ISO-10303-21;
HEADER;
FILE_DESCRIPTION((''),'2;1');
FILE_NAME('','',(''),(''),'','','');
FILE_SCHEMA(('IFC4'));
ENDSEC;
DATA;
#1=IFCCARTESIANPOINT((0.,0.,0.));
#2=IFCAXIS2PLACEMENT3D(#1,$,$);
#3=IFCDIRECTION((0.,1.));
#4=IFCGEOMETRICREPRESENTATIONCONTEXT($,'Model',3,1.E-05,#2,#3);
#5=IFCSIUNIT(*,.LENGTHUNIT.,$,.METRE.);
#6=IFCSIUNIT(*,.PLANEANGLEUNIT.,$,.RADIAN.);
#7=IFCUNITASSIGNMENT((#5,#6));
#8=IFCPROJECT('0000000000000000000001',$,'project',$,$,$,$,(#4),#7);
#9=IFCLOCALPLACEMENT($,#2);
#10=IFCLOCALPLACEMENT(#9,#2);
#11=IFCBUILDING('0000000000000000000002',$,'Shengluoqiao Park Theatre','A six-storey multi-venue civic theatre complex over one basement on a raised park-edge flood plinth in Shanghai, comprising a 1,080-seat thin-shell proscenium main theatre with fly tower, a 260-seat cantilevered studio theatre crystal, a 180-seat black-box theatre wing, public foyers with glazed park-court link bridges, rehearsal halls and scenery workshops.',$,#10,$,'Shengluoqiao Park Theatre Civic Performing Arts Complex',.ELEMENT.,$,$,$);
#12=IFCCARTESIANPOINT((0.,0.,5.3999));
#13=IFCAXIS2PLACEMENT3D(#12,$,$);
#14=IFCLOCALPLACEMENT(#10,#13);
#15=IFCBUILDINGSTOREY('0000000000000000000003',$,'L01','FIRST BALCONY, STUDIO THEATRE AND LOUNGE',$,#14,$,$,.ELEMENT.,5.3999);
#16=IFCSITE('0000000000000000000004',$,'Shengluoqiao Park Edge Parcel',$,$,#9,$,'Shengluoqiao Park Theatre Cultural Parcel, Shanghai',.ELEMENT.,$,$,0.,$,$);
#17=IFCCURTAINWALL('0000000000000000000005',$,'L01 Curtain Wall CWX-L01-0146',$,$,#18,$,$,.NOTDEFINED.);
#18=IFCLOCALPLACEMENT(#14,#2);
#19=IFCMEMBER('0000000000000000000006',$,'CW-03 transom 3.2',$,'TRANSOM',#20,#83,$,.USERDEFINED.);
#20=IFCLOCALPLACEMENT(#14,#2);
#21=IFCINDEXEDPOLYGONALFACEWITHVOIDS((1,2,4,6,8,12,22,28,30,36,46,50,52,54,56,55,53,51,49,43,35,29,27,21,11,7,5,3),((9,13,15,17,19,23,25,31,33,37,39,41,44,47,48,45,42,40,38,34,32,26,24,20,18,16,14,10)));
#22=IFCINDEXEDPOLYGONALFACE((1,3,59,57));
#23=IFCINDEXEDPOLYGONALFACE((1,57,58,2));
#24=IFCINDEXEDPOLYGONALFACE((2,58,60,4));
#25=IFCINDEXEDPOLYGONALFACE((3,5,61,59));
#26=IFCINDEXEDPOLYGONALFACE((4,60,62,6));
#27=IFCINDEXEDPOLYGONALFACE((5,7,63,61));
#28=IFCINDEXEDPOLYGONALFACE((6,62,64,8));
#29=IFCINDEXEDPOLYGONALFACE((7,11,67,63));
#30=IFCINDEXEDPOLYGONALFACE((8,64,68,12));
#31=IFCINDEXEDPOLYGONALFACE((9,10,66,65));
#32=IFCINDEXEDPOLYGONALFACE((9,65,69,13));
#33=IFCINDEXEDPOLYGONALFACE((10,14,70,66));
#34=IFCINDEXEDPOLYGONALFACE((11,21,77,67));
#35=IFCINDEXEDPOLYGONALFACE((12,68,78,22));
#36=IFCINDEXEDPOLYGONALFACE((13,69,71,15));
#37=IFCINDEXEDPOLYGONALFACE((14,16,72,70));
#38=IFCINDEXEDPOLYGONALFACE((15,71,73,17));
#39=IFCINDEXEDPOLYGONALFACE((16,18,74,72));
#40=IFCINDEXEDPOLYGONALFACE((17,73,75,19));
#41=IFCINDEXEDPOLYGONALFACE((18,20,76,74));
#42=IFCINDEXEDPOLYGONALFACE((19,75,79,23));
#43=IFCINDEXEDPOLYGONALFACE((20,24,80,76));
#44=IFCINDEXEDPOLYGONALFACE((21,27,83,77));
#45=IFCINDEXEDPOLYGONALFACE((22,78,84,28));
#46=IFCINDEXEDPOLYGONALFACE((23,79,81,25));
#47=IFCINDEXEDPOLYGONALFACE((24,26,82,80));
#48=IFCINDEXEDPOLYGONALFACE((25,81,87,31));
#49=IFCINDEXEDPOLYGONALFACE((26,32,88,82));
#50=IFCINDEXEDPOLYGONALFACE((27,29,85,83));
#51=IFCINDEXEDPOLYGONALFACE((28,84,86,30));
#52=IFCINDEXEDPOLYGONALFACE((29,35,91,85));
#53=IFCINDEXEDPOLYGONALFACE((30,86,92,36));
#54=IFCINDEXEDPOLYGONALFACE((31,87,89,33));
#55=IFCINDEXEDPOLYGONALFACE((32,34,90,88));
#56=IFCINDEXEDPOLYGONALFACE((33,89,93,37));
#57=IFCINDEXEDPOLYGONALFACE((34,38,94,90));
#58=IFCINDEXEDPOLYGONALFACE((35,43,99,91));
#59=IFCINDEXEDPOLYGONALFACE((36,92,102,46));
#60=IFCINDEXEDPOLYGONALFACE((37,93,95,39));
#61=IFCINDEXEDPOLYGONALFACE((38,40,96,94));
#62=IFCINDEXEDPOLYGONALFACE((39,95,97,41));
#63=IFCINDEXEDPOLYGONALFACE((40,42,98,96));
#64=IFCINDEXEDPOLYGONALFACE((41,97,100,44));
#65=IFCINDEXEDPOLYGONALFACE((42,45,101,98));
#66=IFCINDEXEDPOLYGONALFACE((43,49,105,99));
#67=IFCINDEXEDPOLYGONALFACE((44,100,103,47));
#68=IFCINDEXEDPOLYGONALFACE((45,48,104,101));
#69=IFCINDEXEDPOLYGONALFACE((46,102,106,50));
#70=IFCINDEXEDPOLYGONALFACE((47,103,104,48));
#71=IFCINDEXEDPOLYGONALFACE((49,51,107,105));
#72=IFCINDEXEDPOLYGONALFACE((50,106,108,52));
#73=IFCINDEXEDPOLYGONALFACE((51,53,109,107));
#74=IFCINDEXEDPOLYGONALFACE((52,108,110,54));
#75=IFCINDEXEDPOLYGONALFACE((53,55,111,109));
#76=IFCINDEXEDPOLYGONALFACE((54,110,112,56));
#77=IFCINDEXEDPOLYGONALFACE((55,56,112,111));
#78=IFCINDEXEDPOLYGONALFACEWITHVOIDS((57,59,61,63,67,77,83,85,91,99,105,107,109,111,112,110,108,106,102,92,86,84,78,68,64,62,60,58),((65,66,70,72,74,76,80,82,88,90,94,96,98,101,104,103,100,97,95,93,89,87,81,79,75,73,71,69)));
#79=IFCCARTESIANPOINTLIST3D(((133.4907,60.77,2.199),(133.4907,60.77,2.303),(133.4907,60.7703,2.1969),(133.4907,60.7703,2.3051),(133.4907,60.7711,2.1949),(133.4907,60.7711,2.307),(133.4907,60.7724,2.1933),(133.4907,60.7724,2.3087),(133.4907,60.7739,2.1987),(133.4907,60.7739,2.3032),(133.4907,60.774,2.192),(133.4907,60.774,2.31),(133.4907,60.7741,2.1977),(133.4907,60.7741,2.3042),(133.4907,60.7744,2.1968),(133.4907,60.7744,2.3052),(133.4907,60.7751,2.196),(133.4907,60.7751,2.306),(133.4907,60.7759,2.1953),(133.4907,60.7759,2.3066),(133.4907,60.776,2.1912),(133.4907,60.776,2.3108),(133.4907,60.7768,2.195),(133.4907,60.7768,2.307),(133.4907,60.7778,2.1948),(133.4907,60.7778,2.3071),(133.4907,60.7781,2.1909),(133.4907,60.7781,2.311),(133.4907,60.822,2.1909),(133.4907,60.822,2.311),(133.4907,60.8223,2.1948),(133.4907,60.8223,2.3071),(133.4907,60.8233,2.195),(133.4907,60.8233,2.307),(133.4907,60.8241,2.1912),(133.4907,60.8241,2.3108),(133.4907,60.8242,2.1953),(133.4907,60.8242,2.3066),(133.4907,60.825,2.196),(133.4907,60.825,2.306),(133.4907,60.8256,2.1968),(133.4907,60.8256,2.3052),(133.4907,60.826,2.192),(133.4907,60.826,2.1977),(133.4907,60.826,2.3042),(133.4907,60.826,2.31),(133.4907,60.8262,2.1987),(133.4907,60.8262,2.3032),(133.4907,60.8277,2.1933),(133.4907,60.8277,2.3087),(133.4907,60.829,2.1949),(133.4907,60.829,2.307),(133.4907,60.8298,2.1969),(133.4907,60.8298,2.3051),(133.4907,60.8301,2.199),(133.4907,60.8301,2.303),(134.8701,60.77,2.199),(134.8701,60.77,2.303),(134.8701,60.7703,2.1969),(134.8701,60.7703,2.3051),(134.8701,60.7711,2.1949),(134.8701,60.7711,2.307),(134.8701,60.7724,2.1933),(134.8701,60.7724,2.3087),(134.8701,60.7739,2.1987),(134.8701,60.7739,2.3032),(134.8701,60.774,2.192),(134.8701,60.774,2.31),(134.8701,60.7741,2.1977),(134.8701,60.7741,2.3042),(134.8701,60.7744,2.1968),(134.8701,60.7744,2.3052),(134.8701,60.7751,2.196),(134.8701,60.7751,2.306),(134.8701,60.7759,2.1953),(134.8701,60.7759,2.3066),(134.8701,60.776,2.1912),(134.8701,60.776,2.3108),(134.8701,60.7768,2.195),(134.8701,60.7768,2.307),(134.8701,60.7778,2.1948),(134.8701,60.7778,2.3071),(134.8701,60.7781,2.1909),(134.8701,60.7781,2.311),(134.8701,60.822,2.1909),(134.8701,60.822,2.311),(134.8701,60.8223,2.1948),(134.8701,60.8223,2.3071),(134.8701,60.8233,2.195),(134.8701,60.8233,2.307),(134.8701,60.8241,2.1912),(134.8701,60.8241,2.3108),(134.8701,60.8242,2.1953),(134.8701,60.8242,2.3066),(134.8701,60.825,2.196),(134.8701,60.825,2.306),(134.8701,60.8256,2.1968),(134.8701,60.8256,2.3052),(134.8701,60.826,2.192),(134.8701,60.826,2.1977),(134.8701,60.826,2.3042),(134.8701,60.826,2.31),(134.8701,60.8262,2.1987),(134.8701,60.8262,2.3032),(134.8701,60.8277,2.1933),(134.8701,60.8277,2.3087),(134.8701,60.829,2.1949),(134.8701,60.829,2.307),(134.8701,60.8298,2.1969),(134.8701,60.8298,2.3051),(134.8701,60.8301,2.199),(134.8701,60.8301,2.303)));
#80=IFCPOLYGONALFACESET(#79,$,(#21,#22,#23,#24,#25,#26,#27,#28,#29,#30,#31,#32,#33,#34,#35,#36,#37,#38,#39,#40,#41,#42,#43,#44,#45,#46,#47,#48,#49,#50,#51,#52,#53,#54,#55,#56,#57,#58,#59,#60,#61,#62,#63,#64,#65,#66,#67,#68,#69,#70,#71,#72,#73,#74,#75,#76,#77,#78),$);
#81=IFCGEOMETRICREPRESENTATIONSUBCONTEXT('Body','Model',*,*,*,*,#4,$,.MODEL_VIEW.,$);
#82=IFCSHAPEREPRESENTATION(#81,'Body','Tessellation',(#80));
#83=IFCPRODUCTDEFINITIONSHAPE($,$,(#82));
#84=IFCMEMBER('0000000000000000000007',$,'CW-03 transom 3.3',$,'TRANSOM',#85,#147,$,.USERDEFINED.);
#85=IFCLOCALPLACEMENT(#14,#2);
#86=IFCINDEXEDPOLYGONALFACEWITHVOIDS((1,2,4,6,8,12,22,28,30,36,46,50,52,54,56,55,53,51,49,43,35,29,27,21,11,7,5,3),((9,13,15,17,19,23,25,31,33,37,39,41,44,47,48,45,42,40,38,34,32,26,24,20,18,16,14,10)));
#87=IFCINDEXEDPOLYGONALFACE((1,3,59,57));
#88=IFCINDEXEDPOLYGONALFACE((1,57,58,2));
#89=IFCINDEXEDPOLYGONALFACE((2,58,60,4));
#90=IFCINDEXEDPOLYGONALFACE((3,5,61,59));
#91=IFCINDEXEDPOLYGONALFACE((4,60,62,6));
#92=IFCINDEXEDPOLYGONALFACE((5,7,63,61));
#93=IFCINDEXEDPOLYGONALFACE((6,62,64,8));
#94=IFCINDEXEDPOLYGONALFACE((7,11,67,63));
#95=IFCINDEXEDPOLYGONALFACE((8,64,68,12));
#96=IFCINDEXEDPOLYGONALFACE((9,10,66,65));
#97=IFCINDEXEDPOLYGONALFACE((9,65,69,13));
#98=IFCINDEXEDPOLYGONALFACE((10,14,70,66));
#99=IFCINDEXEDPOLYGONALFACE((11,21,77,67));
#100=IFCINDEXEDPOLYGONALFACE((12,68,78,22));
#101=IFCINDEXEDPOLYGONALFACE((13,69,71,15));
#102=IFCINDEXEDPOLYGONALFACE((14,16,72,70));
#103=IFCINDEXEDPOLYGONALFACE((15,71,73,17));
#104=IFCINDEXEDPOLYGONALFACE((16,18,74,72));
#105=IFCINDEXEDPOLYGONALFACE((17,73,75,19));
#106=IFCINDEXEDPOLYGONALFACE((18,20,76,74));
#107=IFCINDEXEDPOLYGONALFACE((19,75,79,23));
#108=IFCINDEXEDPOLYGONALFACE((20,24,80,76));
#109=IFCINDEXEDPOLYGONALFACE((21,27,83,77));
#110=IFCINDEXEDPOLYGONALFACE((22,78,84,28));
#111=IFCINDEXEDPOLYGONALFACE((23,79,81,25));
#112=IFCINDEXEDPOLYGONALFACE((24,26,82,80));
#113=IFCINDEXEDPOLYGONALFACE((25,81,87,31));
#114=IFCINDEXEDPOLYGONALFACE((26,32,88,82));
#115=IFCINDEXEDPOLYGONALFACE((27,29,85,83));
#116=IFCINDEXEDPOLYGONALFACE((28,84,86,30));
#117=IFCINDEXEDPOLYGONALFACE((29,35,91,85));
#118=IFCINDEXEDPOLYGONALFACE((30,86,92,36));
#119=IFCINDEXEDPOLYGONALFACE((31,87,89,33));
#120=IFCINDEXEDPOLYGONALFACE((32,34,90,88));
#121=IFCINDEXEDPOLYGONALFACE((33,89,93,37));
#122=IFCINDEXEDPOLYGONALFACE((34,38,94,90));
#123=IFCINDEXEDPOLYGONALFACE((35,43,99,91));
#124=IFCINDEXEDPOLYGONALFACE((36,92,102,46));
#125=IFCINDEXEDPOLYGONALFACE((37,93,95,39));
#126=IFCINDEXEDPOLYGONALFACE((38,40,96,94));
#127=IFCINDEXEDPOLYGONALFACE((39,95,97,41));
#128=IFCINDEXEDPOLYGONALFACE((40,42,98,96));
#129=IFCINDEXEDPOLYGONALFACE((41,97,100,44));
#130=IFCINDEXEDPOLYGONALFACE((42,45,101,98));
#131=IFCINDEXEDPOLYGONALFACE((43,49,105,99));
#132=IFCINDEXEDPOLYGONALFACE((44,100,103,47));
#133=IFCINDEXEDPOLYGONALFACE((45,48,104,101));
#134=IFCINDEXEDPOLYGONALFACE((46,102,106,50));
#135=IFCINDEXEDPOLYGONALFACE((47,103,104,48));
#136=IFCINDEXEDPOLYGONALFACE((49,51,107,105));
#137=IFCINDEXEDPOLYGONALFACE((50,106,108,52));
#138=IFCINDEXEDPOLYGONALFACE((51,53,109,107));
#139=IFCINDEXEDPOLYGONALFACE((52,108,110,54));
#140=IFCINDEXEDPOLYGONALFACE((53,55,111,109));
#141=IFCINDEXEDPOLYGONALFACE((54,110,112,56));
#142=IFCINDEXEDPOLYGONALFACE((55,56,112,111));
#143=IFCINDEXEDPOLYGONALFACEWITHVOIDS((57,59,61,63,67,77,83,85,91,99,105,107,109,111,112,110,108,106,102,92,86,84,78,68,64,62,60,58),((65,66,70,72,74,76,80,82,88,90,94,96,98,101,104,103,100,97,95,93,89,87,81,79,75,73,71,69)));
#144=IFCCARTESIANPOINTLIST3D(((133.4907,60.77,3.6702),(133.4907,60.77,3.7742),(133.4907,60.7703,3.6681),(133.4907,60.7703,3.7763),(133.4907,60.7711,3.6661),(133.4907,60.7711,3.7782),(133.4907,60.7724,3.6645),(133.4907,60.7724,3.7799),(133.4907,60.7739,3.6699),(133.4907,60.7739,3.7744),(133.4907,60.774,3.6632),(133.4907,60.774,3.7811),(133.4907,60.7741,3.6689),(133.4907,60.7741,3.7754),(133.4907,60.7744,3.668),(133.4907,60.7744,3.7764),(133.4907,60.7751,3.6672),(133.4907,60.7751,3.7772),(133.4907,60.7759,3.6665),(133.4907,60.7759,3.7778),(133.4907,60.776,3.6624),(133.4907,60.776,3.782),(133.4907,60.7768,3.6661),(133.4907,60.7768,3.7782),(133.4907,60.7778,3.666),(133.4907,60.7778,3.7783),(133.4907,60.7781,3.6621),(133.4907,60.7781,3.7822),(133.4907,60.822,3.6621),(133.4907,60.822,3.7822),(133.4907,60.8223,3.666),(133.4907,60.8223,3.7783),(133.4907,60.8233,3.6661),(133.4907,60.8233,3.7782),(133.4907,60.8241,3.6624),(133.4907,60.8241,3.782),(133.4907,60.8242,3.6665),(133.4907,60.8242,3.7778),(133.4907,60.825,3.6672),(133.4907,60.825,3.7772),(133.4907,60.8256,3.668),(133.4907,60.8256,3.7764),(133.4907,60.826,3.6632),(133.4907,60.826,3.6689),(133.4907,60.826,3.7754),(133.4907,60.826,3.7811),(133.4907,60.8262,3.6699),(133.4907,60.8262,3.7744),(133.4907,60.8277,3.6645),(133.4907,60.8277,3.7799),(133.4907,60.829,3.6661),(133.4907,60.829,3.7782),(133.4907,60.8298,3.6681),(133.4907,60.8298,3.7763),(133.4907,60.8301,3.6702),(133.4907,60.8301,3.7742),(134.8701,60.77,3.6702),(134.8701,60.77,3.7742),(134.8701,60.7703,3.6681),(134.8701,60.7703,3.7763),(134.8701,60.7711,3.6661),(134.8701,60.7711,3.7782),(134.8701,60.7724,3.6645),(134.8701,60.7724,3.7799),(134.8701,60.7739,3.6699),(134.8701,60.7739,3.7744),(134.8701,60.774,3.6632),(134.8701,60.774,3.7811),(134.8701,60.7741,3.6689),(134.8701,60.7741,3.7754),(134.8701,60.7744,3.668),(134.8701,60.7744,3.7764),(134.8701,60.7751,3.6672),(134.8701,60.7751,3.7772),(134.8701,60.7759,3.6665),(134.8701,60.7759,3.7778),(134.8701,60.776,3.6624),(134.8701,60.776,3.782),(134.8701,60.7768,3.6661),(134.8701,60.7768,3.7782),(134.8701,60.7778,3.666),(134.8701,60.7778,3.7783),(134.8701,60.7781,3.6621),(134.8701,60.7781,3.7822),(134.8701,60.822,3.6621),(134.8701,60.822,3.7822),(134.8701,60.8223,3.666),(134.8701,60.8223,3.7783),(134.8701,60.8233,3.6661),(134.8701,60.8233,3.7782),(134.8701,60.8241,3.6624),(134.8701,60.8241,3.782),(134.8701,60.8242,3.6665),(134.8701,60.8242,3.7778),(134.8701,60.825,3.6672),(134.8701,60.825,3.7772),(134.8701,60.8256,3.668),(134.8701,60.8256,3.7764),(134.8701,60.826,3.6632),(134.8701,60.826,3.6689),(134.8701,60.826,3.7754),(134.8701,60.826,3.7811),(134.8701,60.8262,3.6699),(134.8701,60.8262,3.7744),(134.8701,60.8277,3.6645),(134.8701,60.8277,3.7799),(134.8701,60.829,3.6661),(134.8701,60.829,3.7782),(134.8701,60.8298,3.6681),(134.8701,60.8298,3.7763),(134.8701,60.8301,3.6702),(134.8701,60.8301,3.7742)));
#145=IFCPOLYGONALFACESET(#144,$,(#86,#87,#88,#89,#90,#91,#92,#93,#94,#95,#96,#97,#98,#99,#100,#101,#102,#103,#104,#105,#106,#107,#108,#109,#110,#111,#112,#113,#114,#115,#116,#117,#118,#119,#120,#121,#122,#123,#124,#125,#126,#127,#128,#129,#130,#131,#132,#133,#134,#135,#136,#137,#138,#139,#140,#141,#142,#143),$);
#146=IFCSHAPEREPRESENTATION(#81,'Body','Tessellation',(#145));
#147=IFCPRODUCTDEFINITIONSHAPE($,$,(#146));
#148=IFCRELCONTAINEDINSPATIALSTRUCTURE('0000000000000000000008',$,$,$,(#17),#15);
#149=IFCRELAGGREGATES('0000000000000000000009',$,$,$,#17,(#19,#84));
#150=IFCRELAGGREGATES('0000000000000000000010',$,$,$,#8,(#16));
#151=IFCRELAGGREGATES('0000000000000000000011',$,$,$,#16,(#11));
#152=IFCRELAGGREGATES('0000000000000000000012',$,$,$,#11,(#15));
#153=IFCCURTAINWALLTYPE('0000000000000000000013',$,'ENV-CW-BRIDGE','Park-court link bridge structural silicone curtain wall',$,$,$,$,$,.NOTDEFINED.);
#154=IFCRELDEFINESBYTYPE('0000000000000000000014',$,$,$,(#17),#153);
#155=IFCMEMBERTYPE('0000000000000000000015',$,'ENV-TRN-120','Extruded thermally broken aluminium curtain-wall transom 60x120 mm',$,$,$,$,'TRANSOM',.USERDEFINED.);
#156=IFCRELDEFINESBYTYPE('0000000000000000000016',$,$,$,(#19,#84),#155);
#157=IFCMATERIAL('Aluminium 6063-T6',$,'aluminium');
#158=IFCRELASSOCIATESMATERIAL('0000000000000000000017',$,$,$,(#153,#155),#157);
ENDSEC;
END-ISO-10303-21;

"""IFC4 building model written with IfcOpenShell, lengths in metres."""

from ifc_helpers import new_model, si_unit, direction, frame, origin, origin_2d, place, context, subcontext, project, spatial, hollow_rectangle, extrude, material, material_profile, profile_set, type_object, element, aggregate, save


model = new_model("IFC4")

# Units and contexts
model_context = context("Model", 3, precision=1e-05, world=origin(), true_north=direction((0.0, 1.0)))
body_context = subcontext(model_context, "Body", "Model", "MODEL_VIEW")
ifc_project = project(units=[si_unit("LENGTHUNIT", "METRE"), si_unit("PLANEANGLEUNIT", "RADIAN")], contexts=[model_context])

# Site, building, storey
site_placement = place(None, origin())
site = spatial("IfcSite", under=ifc_project, at=site_placement, Name="Shengluoqiao Park Edge Parcel", LongName="Shengluoqiao Park Theatre Cultural Parcel, Shanghai", CompositionType="ELEMENT", RefElevation=0.0)
building_placement = place(site_placement, origin())
building = spatial("IfcBuilding", under=site, at=building_placement, Name="Shengluoqiao Park Theatre", Description="A six-storey multi-venue civic theatre complex over one basement on a raised park-edge flood plinth in Shanghai, comprising a 1,080-seat thin-shell proscenium main theatre with fly tower, a 260-seat cantilevered studio theatre crystal, a 180-seat black-box theatre wing, public foyers with glazed park-court link bridges, rehearsal halls and scenery workshops.", LongName="Shengluoqiao Park Theatre Civic Performing Arts Complex", CompositionType="ELEMENT")
storey_placement = place(building_placement, frame((0.0, 0.0, 5.3999)))
storey = spatial("IfcBuildingStorey", under=building, at=storey_placement, Name="L01", Description="FIRST BALCONY, STUDIO THEATRE AND LOUNGE", CompositionType="ELEMENT", Elevation=5.3999)

# Shared definitions
ifc_material_1 = material(Name="Aluminium 6063-T6", Category="aluminium")
curtain_wall_type = type_object("IfcCurtainWallType", Name="ENV-CW-BRIDGE", Description="Park-court link bridge structural silicone curtain wall", PredefinedType="NOTDEFINED", material=ifc_material_1)

# Curtain wall
curtain_wall_1_placement = place(storey_placement, origin())
curtain_wall_1 = element("IfcCurtainWall", 1, at=curtain_wall_1_placement, inside=storey, type_object=curtain_wall_type, Name="L01 Curtain Wall CWX-L01-0146", PredefinedType="NOTDEFINED")

# Members
ifc_material_profile_1 = material_profile(ifc_material_1, hollow_rectangle(XDim=0.0601, YDim=0.1201, WallThickness=0.0039, InnerFilletRadius=0.0039, OuterFilletRadius=0.0081, at=origin_2d()), Name="ALU TRANSOM 120x60x4")
ifc_profile_set_1 = profile_set([ifc_material_profile_1], Name="Aluminium 6063-T6")
member_type_1 = type_object("IfcMemberType", Name="ENV-TRN-120", Description="Extruded thermally broken aluminium curtain-wall transom 60x120 mm", ElementType="TRANSOM", PredefinedType="USERDEFINED", material=ifc_profile_set_1)
member_1_placement = place(storey_placement, frame((133.4907, 60.8, 2.251), z_axis=(1.0, 0.0, 0.0), x_axis=(0.0, 1.0, 0.0)))
member_1 = element("IfcMember", 2, at=member_1_placement, type_object=member_type_1, Name="CW-03 transom 3.2", ObjectType="TRANSOM", PredefinedType="USERDEFINED", context=body_context, shape_type="SweptSolid", body=[
    extrude(hollow_rectangle(XDim=0.0601, YDim=0.1201, WallThickness=0.0039, InnerFilletRadius=0.0039, OuterFilletRadius=0.0081, at=origin_2d()), origin(), (0.0, 0.0, 1.0), 1.3794),
])
member_2_placement = place(storey_placement, frame((133.4907, 60.8, 3.7222), z_axis=(1.0, 0.0, 0.0), x_axis=(0.0, 1.0, 0.0)))
member_2 = element("IfcMember", 3, at=member_2_placement, type_object=member_type_1, Name="CW-03 transom 3.3", ObjectType="TRANSOM", PredefinedType="USERDEFINED", context=body_context, shape_type="SweptSolid", body=[
    extrude(hollow_rectangle(XDim=0.0601, YDim=0.1201, WallThickness=0.0039, InnerFilletRadius=0.0039, OuterFilletRadius=0.0081, at=origin_2d()), origin(), (0.0, 0.0, 1.0), 1.3794),
])

aggregate(curtain_wall_1, [member_1, member_2])

save(model, "model.ifc")
